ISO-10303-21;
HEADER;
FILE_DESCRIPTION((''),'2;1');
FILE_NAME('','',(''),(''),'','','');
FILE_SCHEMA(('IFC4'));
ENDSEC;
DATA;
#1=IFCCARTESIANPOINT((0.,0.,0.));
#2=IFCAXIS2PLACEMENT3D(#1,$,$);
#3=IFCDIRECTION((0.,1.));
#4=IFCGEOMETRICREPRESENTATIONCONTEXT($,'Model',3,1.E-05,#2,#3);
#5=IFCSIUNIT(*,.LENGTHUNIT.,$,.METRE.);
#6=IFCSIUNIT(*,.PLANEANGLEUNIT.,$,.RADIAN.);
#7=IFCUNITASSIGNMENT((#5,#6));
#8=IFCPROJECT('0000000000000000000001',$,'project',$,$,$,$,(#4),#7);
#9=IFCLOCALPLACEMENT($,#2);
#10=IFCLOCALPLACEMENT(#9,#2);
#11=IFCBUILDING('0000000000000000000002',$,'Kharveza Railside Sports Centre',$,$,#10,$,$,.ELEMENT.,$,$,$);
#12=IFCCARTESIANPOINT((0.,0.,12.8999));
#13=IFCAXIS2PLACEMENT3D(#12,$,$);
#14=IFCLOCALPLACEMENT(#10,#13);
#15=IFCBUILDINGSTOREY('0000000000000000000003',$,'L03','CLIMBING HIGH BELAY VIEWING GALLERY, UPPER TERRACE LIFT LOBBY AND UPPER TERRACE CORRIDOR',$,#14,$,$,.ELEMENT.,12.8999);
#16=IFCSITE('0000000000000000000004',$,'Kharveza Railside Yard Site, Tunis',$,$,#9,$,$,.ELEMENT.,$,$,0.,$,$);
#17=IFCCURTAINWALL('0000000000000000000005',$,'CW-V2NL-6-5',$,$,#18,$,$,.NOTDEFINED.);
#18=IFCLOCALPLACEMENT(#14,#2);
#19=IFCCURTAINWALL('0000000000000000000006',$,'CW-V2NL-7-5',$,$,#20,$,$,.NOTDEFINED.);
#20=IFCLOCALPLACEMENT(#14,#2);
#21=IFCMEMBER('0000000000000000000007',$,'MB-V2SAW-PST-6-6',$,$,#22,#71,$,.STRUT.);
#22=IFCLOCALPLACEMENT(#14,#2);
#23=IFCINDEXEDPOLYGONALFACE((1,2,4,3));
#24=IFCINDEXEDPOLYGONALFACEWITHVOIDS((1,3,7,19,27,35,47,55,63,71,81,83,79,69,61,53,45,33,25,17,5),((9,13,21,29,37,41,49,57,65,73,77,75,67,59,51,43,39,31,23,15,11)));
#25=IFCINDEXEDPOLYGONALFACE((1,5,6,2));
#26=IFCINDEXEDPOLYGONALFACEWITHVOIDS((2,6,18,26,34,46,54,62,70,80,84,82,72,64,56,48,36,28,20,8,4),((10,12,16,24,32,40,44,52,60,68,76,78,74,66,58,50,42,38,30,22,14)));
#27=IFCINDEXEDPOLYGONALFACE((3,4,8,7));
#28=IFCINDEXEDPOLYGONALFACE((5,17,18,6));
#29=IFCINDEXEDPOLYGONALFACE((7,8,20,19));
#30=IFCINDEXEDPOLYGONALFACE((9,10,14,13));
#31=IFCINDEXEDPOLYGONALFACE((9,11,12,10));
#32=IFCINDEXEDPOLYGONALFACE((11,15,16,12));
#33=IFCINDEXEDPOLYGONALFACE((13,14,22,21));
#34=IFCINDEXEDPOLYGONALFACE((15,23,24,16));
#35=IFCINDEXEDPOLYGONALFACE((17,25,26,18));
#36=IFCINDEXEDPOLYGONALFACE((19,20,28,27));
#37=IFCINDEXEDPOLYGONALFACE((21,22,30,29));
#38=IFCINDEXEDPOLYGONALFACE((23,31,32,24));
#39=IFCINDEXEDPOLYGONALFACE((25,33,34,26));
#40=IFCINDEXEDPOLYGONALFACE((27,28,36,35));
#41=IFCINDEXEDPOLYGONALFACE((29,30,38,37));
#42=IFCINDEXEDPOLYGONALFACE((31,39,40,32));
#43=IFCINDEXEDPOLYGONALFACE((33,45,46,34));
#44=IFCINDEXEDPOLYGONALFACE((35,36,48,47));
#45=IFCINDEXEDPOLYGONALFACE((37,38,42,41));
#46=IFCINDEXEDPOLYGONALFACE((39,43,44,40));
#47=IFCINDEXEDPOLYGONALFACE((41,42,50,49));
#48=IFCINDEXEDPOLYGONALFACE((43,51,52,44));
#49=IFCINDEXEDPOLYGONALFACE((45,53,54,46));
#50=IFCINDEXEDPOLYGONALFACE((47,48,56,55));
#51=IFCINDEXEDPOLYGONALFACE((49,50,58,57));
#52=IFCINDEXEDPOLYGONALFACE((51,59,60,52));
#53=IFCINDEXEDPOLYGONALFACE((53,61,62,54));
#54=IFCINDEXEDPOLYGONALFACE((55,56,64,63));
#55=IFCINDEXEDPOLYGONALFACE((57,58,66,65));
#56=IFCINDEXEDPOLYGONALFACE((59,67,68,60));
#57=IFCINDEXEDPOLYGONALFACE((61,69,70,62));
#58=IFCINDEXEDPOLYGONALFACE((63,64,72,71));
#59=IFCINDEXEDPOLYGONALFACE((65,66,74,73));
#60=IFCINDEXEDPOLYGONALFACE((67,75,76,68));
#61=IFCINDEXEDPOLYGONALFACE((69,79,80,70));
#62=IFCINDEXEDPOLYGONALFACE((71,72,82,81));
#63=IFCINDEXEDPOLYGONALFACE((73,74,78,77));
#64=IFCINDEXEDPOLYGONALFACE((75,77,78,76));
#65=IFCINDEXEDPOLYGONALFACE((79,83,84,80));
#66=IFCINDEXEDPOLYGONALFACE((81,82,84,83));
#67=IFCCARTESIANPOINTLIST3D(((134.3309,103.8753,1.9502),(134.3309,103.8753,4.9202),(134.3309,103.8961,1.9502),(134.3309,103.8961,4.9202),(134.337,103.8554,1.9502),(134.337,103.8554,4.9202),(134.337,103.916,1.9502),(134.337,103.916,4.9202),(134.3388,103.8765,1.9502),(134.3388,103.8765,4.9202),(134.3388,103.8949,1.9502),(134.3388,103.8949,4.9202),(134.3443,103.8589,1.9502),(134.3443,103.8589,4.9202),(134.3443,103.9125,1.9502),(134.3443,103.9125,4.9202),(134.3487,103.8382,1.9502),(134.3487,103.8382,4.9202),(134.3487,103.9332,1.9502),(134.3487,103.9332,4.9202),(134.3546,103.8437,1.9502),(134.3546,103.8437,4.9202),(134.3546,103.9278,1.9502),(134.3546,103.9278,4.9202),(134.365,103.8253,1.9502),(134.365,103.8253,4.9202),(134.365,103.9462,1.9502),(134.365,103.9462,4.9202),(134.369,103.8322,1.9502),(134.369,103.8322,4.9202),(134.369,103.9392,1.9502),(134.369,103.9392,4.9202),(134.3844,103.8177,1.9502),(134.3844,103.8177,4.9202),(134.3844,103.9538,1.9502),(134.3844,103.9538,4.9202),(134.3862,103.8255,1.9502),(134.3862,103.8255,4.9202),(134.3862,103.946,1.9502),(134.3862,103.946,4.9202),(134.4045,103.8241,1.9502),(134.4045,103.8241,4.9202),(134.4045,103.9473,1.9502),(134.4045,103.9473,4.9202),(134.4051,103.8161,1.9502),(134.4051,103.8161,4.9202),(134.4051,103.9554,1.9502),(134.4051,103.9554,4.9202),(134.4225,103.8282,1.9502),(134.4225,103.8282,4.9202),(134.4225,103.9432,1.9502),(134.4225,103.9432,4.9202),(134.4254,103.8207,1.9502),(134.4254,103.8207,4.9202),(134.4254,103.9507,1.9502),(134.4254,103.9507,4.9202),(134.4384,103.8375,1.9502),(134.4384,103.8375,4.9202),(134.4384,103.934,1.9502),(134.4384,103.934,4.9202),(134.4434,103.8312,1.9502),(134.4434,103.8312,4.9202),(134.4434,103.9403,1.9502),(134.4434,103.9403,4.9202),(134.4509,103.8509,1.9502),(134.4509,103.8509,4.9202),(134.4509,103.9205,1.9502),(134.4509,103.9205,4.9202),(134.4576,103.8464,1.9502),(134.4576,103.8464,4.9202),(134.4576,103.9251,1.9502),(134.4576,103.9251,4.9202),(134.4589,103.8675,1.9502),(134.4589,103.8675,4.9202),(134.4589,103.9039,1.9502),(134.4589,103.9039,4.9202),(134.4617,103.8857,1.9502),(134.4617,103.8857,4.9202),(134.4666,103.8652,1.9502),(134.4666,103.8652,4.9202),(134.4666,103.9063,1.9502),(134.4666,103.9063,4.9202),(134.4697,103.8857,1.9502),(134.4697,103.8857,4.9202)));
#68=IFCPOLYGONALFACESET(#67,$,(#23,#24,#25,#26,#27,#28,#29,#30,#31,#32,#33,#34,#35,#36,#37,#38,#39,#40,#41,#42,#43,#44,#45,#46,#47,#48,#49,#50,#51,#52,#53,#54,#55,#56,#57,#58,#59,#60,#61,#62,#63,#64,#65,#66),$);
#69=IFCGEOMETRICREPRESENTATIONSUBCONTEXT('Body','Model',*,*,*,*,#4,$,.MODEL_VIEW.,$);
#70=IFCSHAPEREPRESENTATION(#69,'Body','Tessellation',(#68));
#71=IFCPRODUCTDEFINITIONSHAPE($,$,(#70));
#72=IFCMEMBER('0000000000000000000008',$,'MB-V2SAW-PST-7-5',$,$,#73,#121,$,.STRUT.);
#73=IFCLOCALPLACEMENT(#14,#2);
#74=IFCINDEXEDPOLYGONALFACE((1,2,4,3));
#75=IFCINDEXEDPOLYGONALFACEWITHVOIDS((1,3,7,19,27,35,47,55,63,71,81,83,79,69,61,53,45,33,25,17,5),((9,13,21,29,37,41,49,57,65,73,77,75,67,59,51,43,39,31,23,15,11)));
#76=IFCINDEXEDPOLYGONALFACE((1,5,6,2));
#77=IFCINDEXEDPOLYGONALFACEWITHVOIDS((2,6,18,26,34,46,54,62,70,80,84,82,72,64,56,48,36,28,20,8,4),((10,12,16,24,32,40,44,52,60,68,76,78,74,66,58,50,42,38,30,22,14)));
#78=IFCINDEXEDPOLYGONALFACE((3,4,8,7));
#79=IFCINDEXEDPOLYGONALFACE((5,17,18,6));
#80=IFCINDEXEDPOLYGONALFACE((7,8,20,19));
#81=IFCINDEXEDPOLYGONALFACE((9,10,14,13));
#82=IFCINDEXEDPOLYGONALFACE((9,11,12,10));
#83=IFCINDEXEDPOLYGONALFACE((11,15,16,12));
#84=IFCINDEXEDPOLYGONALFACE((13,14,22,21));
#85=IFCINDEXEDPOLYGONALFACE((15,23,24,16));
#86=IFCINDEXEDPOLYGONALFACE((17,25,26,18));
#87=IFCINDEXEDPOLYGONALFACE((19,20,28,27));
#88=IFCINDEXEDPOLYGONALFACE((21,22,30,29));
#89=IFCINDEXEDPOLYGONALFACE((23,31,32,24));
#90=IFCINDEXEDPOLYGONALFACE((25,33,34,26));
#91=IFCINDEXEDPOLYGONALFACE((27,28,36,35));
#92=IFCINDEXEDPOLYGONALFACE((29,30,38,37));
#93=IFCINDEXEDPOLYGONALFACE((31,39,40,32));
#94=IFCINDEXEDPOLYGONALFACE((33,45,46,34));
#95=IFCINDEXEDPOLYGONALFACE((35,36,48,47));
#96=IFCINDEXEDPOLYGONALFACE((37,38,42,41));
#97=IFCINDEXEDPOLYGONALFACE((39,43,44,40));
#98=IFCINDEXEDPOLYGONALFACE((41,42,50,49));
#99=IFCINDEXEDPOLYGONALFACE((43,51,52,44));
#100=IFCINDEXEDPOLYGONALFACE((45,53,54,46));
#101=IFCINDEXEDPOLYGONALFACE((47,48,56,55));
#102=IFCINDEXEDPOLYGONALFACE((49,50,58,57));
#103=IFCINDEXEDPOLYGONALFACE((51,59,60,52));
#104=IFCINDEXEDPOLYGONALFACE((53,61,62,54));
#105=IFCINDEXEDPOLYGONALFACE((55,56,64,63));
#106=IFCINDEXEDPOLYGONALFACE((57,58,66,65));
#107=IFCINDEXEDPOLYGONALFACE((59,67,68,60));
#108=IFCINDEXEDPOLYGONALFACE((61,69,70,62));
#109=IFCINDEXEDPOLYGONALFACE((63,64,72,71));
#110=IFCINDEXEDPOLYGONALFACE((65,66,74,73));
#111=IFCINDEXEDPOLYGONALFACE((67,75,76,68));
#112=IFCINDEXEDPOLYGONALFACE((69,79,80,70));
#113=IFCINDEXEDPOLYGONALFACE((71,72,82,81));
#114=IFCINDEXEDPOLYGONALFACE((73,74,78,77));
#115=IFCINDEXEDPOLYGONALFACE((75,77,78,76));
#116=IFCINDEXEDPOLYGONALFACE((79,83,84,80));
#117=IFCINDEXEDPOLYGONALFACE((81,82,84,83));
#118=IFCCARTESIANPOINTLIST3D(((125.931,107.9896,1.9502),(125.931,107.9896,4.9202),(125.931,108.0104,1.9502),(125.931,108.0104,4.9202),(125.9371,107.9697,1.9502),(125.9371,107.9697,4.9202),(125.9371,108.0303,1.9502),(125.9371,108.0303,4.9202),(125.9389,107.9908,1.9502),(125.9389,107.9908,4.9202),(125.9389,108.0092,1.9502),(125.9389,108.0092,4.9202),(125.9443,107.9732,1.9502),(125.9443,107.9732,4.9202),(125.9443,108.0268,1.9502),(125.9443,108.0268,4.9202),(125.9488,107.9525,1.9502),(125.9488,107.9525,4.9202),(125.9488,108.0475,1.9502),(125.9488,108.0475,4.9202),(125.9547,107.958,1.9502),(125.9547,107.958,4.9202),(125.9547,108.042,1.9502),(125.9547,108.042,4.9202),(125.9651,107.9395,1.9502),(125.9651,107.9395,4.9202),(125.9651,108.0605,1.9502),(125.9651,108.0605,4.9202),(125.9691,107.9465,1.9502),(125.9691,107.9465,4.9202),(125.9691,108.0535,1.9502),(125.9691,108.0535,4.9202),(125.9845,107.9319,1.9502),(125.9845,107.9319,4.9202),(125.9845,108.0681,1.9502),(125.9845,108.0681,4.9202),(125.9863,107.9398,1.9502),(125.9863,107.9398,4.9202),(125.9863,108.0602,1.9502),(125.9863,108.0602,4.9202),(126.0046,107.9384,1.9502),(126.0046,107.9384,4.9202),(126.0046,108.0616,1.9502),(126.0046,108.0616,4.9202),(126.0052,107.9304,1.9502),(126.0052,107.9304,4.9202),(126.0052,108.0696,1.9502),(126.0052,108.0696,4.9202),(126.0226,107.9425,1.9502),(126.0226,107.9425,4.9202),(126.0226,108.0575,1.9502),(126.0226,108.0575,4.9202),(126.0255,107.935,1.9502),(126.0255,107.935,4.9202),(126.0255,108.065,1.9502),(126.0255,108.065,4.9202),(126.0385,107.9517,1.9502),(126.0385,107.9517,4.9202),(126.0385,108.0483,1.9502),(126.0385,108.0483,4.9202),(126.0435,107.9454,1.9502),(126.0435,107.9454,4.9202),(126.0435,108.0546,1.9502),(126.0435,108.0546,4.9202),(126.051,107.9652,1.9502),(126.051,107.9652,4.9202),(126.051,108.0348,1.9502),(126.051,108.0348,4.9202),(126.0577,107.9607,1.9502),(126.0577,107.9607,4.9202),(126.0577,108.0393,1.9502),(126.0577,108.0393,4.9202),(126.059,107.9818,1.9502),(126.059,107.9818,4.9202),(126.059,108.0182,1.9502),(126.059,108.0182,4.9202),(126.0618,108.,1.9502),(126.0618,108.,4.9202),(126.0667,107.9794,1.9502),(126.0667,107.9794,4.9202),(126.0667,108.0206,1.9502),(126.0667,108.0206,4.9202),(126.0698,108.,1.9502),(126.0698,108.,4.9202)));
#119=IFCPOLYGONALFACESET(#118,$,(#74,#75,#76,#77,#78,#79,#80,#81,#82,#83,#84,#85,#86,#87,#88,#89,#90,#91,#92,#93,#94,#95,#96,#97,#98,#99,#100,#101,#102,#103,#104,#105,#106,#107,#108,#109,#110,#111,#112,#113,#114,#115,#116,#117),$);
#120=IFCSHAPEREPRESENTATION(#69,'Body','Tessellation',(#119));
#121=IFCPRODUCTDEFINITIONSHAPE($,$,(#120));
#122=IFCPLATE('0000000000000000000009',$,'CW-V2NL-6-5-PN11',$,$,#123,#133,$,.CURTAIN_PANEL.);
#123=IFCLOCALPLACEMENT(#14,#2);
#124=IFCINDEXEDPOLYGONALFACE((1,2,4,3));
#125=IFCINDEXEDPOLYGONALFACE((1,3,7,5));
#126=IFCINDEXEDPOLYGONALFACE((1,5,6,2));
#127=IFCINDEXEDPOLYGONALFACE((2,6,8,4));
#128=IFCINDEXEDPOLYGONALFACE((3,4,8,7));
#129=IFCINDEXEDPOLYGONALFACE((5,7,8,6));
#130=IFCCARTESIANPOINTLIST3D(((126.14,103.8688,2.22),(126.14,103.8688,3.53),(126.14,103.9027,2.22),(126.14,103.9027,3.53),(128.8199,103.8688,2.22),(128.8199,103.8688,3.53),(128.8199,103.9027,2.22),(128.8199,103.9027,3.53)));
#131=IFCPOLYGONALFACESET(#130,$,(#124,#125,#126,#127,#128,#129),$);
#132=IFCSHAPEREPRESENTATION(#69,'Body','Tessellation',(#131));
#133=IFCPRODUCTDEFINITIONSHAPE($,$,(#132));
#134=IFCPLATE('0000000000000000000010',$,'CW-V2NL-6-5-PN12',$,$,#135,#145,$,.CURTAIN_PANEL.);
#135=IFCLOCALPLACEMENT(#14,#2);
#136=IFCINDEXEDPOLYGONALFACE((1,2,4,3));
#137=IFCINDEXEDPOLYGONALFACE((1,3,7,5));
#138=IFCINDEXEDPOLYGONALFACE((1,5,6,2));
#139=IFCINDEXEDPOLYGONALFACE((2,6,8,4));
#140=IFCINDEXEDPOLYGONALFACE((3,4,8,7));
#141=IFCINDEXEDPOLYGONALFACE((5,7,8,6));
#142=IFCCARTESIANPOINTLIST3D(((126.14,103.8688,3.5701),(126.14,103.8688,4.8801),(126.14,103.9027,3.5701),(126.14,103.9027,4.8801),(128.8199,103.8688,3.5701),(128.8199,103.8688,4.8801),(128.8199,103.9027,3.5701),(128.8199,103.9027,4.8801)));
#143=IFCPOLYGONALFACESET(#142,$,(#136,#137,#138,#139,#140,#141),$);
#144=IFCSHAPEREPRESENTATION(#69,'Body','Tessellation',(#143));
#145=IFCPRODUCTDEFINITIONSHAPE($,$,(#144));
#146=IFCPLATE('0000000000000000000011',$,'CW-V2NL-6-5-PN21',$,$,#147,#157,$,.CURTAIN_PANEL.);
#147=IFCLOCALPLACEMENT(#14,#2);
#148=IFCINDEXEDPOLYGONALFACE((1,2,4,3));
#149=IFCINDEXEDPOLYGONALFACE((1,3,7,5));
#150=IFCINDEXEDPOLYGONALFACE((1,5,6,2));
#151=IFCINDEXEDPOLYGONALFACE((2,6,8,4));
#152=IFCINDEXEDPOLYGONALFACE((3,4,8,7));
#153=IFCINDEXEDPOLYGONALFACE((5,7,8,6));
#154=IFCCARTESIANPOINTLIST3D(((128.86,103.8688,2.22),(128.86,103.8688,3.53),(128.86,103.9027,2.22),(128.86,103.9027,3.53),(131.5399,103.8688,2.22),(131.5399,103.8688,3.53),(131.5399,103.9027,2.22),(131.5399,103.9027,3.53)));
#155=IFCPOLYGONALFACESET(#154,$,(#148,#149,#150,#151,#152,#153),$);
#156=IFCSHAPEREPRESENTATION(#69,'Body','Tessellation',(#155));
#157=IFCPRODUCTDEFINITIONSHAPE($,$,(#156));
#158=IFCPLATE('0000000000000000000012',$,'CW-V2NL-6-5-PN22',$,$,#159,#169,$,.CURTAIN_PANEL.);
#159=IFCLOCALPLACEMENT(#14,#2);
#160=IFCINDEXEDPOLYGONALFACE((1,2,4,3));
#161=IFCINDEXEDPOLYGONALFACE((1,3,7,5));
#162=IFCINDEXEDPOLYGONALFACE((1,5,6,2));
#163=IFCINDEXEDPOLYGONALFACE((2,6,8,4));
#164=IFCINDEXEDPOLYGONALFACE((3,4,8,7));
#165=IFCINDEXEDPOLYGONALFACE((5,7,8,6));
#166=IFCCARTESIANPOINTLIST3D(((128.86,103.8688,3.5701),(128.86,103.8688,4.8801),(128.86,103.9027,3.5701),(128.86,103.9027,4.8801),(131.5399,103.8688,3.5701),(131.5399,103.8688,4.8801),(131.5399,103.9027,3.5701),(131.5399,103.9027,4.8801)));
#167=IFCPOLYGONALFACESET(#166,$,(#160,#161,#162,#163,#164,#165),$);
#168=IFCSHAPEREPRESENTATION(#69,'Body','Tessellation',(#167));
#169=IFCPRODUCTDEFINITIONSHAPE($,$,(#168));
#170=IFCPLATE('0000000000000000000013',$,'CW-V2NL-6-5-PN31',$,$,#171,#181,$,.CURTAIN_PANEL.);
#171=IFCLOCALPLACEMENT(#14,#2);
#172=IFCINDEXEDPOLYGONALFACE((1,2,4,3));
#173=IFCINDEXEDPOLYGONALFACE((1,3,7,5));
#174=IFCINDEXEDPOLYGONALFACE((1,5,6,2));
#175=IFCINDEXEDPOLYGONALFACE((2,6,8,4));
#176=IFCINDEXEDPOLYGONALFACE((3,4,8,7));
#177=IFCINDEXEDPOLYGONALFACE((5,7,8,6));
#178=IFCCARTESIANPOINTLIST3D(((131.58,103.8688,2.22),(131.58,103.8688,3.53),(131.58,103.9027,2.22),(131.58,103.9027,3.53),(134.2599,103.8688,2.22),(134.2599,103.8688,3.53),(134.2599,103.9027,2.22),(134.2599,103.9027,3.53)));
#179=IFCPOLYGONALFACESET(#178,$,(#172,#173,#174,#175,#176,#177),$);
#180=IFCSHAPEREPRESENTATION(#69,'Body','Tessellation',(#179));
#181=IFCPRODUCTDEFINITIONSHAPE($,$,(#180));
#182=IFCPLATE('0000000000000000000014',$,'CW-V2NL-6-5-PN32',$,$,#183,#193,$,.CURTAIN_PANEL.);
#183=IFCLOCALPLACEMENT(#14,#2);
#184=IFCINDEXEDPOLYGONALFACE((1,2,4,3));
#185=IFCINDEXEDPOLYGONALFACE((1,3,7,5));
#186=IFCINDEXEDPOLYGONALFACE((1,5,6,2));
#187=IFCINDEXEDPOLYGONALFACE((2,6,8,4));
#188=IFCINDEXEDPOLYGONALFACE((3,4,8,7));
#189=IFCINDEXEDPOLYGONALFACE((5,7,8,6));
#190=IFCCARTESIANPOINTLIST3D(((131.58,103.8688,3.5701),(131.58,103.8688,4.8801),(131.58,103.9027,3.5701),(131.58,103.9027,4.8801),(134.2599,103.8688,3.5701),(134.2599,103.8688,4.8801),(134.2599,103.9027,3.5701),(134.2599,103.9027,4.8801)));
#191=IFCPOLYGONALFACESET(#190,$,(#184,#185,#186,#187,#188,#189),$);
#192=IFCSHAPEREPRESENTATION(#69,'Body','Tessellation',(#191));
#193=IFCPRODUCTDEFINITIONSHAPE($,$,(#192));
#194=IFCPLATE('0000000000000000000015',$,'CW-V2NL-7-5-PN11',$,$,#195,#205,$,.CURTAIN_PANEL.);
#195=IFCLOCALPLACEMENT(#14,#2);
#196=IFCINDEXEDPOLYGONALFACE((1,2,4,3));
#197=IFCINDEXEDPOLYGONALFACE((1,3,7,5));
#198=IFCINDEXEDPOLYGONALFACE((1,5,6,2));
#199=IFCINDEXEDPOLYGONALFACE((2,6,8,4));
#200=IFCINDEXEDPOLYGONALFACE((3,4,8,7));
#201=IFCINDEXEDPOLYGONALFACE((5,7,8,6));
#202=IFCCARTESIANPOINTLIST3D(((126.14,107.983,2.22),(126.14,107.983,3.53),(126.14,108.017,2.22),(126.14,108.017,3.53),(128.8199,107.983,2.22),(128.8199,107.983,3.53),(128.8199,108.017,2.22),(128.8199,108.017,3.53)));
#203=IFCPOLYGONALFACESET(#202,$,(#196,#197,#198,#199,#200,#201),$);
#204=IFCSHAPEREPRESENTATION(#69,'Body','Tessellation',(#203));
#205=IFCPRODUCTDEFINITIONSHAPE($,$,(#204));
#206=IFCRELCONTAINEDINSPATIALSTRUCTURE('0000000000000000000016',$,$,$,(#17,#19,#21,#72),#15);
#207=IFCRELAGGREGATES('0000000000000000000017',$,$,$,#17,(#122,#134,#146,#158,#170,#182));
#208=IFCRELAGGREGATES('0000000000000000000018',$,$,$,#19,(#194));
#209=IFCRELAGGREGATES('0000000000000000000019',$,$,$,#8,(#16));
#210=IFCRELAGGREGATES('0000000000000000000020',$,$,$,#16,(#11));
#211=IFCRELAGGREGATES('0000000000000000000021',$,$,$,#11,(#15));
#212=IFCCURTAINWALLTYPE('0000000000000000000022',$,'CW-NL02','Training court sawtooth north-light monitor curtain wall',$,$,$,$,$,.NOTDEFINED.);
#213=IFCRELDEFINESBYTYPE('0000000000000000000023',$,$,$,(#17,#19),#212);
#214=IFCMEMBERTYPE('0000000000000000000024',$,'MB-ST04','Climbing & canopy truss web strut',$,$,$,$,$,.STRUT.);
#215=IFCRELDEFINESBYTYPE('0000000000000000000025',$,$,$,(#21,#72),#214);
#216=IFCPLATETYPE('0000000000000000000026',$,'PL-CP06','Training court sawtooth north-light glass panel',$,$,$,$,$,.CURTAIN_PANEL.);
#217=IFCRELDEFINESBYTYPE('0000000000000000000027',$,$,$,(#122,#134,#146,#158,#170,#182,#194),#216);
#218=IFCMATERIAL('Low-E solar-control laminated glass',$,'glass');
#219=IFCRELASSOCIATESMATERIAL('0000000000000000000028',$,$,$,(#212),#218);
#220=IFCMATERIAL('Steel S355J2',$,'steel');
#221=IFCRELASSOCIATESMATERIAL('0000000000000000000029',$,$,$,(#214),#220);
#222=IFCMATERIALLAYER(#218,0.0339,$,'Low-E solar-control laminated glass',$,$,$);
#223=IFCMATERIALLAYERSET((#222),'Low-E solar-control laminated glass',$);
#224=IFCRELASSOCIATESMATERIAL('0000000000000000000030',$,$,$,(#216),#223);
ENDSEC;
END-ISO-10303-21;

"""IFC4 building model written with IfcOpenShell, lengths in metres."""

from ifc_helpers import new_model, si_unit, direction, frame, origin, origin_2d, place, context, subcontext, project, spatial, rectangle, hollow_circle, extrude, material, layer, layer_set, material_profile, profile_set, type_object, element, aggregate, save


model = new_model("IFC4")

# Units and contexts
model_context = context("Model", 3, precision=1e-05, world=origin(), true_north=direction((0.0, 1.0)))
body_context = subcontext(model_context, "Body", "Model", "MODEL_VIEW")
ifc_project = project(units=[si_unit("LENGTHUNIT", "METRE"), si_unit("PLANEANGLEUNIT", "RADIAN")], contexts=[model_context])

# Site, building, storey
site_placement = place(None, origin())
site = spatial("IfcSite", under=ifc_project, at=site_placement, Name="Kharveza Railside Yard Site, Tunis", CompositionType="ELEMENT", RefElevation=0.0)
building_placement = place(site_placement, origin())
building = spatial("IfcBuilding", under=site, at=building_placement, Name="Kharveza Railside Sports Centre", CompositionType="ELEMENT")
storey_placement = place(building_placement, frame((0.0, 0.0, 12.8999)))
storey = spatial("IfcBuildingStorey", under=building, at=storey_placement, Name="L03", Description="CLIMBING HIGH BELAY VIEWING GALLERY, UPPER TERRACE LIFT LOBBY AND UPPER TERRACE CORRIDOR", CompositionType="ELEMENT", Elevation=12.8999)

# Shared definitions
ifc_material_1 = material(Name="Steel S355J2", Category="steel")

# Curtain walls
ifc_material_2 = material(Name="Low-E solar-control laminated glass", Category="glass")
curtain_wall_type = type_object("IfcCurtainWallType", Name="CW-NL02", Description="Training court sawtooth north-light monitor curtain wall", PredefinedType="NOTDEFINED", material=ifc_material_2)
curtain_wall_1_placement = place(storey_placement, origin())
curtain_wall_1 = element("IfcCurtainWall", 1, at=curtain_wall_1_placement, inside=storey, type_object=curtain_wall_type, Name="CW-V2NL-6-5", PredefinedType="NOTDEFINED")
curtain_wall_2_placement = place(storey_placement, origin())
curtain_wall_2 = element("IfcCurtainWall", 2, at=curtain_wall_2_placement, inside=storey, type_object=curtain_wall_type, Name="CW-V2NL-7-5", PredefinedType="NOTDEFINED")

# Members
ifc_material_profile_1 = material_profile(ifc_material_1, hollow_circle(Radius=0.0698, WallThickness=0.0081, at=origin_2d()), Name="CHS 139.7x8.0")
ifc_profile_set_1 = profile_set([ifc_material_profile_1], Name="Steel S355J2")
member_type_1 = type_object("IfcMemberType", Name="MB-ST04", Description="Climbing & canopy truss web strut", PredefinedType="STRUT", material=ifc_profile_set_1)
for number, where, z_axis, x_axis, name in (
    (3, (134.3999, 103.8857, 1.9502), (0.0, 0.0, 1.0), (1.0, 0.0, 0.0), "MB-V2SAW-PST-6-6"),
    (4, (126.0, 108.0, 1.9502), (0.0, 0.0, 1.0), (1.0, 0.0, 0.0), "MB-V2SAW-PST-7-5"),
):
    element("IfcMember", number, at=place(storey_placement, frame(where, z_axis=z_axis, x_axis=x_axis)), inside=storey, type_object=member_type_1, Name=name, PredefinedType="STRUT", context=body_context, shape_type="SweptSolid", body=[
        extrude(hollow_circle(Radius=0.0698, WallThickness=0.0081, at=origin_2d()), origin(), (0.0, 0.0, 1.0), 2.97),
    ])

# Plates
ifc_layer_1 = layer(ifc_material_2, 0.0339, Name="Low-E solar-control laminated glass")
ifc_layer_set_1 = layer_set([ifc_layer_1], Name="Low-E solar-control laminated glass")
plate_type_1 = type_object("IfcPlateType", Name="PL-CP06", Description="Training court sawtooth north-light glass panel", PredefinedType="CURTAIN_PANEL", material=ifc_layer_set_1)
plate_1_placement = place(storey_placement, frame((127.48, 103.8857, 2.22), z_axis=(0.0, 0.0, 1.0), x_axis=(1.0, 0.0, 0.0)))
plate_1 = element("IfcPlate", 5, at=plate_1_placement, type_object=plate_type_1, Name="CW-V2NL-6-5-PN11", PredefinedType="CURTAIN_PANEL", context=body_context, shape_type="SweptSolid", body=[
    extrude(rectangle(XDim=2.6799, YDim=0.0339, at=origin_2d()), origin(), (0.0, 0.0, 1.0), 1.3101),
])
plate_2_placement = place(storey_placement, frame((127.48, 103.8857, 3.5701), z_axis=(0.0, 0.0, 1.0), x_axis=(1.0, 0.0, 0.0)))
plate_2 = element("IfcPlate", 6, at=plate_2_placement, type_object=plate_type_1, Name="CW-V2NL-6-5-PN12", PredefinedType="CURTAIN_PANEL", context=body_context, shape_type="SweptSolid", body=[
    extrude(rectangle(XDim=2.6799, YDim=0.0339, at=origin_2d()), origin(), (0.0, 0.0, 1.0), 1.3101),
])
plate_3_placement = place(storey_placement, frame((130.2, 103.8857, 2.22), z_axis=(0.0, 0.0, 1.0), x_axis=(1.0, 0.0, 0.0)))
plate_3 = element("IfcPlate", 7, at=plate_3_placement, type_object=plate_type_1, Name="CW-V2NL-6-5-PN21", PredefinedType="CURTAIN_PANEL", context=body_context, shape_type="SweptSolid", body=[
    extrude(rectangle(XDim=2.6799, YDim=0.0339, at=origin_2d()), origin(), (0.0, 0.0, 1.0), 1.3101),
])
plate_4_placement = place(storey_placement, frame((130.2, 103.8857, 3.5701), z_axis=(0.0, 0.0, 1.0), x_axis=(1.0, 0.0, 0.0)))
plate_4 = element("IfcPlate", 8, at=plate_4_placement, type_object=plate_type_1, Name="CW-V2NL-6-5-PN22", PredefinedType="CURTAIN_PANEL", context=body_context, shape_type="SweptSolid", body=[
    extrude(rectangle(XDim=2.6799, YDim=0.0339, at=origin_2d()), origin(), (0.0, 0.0, 1.0), 1.3101),
])
plate_5_placement = place(storey_placement, frame((132.9199, 103.8857, 2.22), z_axis=(0.0, 0.0, 1.0), x_axis=(1.0, 0.0, 0.0)))
plate_5 = element("IfcPlate", 9, at=plate_5_placement, type_object=plate_type_1, Name="CW-V2NL-6-5-PN31", PredefinedType="CURTAIN_PANEL", context=body_context, shape_type="SweptSolid", body=[
    extrude(rectangle(XDim=2.6799, YDim=0.0339, at=origin_2d()), origin(), (0.0, 0.0, 1.0), 1.3101),
])
plate_6_placement = place(storey_placement, frame((132.9199, 103.8857, 3.5701), z_axis=(0.0, 0.0, 1.0), x_axis=(1.0, 0.0, 0.0)))
plate_6 = element("IfcPlate", 10, at=plate_6_placement, type_object=plate_type_1, Name="CW-V2NL-6-5-PN32", PredefinedType="CURTAIN_PANEL", context=body_context, shape_type="SweptSolid", body=[
    extrude(rectangle(XDim=2.6799, YDim=0.0339, at=origin_2d()), origin(), (0.0, 0.0, 1.0), 1.3101),
])
aggregate(curtain_wall_1, [plate_1, plate_2, plate_3, plate_4, plate_5, plate_6])
plate_7_placement = place(storey_placement, frame((127.48, 108.0, 2.22), z_axis=(0.0, 0.0, 1.0), x_axis=(1.0, 0.0, 0.0)))
plate_7 = element("IfcPlate", 11, at=plate_7_placement, type_object=plate_type_1, Name="CW-V2NL-7-5-PN11", PredefinedType="CURTAIN_PANEL", context=body_context, shape_type="SweptSolid", body=[
    extrude(rectangle(XDim=2.6799, YDim=0.0339, at=origin_2d()), origin(), (0.0, 0.0, 1.0), 1.3101),
])
aggregate(curtain_wall_2, [plate_7])

save(model, "model.ifc")
